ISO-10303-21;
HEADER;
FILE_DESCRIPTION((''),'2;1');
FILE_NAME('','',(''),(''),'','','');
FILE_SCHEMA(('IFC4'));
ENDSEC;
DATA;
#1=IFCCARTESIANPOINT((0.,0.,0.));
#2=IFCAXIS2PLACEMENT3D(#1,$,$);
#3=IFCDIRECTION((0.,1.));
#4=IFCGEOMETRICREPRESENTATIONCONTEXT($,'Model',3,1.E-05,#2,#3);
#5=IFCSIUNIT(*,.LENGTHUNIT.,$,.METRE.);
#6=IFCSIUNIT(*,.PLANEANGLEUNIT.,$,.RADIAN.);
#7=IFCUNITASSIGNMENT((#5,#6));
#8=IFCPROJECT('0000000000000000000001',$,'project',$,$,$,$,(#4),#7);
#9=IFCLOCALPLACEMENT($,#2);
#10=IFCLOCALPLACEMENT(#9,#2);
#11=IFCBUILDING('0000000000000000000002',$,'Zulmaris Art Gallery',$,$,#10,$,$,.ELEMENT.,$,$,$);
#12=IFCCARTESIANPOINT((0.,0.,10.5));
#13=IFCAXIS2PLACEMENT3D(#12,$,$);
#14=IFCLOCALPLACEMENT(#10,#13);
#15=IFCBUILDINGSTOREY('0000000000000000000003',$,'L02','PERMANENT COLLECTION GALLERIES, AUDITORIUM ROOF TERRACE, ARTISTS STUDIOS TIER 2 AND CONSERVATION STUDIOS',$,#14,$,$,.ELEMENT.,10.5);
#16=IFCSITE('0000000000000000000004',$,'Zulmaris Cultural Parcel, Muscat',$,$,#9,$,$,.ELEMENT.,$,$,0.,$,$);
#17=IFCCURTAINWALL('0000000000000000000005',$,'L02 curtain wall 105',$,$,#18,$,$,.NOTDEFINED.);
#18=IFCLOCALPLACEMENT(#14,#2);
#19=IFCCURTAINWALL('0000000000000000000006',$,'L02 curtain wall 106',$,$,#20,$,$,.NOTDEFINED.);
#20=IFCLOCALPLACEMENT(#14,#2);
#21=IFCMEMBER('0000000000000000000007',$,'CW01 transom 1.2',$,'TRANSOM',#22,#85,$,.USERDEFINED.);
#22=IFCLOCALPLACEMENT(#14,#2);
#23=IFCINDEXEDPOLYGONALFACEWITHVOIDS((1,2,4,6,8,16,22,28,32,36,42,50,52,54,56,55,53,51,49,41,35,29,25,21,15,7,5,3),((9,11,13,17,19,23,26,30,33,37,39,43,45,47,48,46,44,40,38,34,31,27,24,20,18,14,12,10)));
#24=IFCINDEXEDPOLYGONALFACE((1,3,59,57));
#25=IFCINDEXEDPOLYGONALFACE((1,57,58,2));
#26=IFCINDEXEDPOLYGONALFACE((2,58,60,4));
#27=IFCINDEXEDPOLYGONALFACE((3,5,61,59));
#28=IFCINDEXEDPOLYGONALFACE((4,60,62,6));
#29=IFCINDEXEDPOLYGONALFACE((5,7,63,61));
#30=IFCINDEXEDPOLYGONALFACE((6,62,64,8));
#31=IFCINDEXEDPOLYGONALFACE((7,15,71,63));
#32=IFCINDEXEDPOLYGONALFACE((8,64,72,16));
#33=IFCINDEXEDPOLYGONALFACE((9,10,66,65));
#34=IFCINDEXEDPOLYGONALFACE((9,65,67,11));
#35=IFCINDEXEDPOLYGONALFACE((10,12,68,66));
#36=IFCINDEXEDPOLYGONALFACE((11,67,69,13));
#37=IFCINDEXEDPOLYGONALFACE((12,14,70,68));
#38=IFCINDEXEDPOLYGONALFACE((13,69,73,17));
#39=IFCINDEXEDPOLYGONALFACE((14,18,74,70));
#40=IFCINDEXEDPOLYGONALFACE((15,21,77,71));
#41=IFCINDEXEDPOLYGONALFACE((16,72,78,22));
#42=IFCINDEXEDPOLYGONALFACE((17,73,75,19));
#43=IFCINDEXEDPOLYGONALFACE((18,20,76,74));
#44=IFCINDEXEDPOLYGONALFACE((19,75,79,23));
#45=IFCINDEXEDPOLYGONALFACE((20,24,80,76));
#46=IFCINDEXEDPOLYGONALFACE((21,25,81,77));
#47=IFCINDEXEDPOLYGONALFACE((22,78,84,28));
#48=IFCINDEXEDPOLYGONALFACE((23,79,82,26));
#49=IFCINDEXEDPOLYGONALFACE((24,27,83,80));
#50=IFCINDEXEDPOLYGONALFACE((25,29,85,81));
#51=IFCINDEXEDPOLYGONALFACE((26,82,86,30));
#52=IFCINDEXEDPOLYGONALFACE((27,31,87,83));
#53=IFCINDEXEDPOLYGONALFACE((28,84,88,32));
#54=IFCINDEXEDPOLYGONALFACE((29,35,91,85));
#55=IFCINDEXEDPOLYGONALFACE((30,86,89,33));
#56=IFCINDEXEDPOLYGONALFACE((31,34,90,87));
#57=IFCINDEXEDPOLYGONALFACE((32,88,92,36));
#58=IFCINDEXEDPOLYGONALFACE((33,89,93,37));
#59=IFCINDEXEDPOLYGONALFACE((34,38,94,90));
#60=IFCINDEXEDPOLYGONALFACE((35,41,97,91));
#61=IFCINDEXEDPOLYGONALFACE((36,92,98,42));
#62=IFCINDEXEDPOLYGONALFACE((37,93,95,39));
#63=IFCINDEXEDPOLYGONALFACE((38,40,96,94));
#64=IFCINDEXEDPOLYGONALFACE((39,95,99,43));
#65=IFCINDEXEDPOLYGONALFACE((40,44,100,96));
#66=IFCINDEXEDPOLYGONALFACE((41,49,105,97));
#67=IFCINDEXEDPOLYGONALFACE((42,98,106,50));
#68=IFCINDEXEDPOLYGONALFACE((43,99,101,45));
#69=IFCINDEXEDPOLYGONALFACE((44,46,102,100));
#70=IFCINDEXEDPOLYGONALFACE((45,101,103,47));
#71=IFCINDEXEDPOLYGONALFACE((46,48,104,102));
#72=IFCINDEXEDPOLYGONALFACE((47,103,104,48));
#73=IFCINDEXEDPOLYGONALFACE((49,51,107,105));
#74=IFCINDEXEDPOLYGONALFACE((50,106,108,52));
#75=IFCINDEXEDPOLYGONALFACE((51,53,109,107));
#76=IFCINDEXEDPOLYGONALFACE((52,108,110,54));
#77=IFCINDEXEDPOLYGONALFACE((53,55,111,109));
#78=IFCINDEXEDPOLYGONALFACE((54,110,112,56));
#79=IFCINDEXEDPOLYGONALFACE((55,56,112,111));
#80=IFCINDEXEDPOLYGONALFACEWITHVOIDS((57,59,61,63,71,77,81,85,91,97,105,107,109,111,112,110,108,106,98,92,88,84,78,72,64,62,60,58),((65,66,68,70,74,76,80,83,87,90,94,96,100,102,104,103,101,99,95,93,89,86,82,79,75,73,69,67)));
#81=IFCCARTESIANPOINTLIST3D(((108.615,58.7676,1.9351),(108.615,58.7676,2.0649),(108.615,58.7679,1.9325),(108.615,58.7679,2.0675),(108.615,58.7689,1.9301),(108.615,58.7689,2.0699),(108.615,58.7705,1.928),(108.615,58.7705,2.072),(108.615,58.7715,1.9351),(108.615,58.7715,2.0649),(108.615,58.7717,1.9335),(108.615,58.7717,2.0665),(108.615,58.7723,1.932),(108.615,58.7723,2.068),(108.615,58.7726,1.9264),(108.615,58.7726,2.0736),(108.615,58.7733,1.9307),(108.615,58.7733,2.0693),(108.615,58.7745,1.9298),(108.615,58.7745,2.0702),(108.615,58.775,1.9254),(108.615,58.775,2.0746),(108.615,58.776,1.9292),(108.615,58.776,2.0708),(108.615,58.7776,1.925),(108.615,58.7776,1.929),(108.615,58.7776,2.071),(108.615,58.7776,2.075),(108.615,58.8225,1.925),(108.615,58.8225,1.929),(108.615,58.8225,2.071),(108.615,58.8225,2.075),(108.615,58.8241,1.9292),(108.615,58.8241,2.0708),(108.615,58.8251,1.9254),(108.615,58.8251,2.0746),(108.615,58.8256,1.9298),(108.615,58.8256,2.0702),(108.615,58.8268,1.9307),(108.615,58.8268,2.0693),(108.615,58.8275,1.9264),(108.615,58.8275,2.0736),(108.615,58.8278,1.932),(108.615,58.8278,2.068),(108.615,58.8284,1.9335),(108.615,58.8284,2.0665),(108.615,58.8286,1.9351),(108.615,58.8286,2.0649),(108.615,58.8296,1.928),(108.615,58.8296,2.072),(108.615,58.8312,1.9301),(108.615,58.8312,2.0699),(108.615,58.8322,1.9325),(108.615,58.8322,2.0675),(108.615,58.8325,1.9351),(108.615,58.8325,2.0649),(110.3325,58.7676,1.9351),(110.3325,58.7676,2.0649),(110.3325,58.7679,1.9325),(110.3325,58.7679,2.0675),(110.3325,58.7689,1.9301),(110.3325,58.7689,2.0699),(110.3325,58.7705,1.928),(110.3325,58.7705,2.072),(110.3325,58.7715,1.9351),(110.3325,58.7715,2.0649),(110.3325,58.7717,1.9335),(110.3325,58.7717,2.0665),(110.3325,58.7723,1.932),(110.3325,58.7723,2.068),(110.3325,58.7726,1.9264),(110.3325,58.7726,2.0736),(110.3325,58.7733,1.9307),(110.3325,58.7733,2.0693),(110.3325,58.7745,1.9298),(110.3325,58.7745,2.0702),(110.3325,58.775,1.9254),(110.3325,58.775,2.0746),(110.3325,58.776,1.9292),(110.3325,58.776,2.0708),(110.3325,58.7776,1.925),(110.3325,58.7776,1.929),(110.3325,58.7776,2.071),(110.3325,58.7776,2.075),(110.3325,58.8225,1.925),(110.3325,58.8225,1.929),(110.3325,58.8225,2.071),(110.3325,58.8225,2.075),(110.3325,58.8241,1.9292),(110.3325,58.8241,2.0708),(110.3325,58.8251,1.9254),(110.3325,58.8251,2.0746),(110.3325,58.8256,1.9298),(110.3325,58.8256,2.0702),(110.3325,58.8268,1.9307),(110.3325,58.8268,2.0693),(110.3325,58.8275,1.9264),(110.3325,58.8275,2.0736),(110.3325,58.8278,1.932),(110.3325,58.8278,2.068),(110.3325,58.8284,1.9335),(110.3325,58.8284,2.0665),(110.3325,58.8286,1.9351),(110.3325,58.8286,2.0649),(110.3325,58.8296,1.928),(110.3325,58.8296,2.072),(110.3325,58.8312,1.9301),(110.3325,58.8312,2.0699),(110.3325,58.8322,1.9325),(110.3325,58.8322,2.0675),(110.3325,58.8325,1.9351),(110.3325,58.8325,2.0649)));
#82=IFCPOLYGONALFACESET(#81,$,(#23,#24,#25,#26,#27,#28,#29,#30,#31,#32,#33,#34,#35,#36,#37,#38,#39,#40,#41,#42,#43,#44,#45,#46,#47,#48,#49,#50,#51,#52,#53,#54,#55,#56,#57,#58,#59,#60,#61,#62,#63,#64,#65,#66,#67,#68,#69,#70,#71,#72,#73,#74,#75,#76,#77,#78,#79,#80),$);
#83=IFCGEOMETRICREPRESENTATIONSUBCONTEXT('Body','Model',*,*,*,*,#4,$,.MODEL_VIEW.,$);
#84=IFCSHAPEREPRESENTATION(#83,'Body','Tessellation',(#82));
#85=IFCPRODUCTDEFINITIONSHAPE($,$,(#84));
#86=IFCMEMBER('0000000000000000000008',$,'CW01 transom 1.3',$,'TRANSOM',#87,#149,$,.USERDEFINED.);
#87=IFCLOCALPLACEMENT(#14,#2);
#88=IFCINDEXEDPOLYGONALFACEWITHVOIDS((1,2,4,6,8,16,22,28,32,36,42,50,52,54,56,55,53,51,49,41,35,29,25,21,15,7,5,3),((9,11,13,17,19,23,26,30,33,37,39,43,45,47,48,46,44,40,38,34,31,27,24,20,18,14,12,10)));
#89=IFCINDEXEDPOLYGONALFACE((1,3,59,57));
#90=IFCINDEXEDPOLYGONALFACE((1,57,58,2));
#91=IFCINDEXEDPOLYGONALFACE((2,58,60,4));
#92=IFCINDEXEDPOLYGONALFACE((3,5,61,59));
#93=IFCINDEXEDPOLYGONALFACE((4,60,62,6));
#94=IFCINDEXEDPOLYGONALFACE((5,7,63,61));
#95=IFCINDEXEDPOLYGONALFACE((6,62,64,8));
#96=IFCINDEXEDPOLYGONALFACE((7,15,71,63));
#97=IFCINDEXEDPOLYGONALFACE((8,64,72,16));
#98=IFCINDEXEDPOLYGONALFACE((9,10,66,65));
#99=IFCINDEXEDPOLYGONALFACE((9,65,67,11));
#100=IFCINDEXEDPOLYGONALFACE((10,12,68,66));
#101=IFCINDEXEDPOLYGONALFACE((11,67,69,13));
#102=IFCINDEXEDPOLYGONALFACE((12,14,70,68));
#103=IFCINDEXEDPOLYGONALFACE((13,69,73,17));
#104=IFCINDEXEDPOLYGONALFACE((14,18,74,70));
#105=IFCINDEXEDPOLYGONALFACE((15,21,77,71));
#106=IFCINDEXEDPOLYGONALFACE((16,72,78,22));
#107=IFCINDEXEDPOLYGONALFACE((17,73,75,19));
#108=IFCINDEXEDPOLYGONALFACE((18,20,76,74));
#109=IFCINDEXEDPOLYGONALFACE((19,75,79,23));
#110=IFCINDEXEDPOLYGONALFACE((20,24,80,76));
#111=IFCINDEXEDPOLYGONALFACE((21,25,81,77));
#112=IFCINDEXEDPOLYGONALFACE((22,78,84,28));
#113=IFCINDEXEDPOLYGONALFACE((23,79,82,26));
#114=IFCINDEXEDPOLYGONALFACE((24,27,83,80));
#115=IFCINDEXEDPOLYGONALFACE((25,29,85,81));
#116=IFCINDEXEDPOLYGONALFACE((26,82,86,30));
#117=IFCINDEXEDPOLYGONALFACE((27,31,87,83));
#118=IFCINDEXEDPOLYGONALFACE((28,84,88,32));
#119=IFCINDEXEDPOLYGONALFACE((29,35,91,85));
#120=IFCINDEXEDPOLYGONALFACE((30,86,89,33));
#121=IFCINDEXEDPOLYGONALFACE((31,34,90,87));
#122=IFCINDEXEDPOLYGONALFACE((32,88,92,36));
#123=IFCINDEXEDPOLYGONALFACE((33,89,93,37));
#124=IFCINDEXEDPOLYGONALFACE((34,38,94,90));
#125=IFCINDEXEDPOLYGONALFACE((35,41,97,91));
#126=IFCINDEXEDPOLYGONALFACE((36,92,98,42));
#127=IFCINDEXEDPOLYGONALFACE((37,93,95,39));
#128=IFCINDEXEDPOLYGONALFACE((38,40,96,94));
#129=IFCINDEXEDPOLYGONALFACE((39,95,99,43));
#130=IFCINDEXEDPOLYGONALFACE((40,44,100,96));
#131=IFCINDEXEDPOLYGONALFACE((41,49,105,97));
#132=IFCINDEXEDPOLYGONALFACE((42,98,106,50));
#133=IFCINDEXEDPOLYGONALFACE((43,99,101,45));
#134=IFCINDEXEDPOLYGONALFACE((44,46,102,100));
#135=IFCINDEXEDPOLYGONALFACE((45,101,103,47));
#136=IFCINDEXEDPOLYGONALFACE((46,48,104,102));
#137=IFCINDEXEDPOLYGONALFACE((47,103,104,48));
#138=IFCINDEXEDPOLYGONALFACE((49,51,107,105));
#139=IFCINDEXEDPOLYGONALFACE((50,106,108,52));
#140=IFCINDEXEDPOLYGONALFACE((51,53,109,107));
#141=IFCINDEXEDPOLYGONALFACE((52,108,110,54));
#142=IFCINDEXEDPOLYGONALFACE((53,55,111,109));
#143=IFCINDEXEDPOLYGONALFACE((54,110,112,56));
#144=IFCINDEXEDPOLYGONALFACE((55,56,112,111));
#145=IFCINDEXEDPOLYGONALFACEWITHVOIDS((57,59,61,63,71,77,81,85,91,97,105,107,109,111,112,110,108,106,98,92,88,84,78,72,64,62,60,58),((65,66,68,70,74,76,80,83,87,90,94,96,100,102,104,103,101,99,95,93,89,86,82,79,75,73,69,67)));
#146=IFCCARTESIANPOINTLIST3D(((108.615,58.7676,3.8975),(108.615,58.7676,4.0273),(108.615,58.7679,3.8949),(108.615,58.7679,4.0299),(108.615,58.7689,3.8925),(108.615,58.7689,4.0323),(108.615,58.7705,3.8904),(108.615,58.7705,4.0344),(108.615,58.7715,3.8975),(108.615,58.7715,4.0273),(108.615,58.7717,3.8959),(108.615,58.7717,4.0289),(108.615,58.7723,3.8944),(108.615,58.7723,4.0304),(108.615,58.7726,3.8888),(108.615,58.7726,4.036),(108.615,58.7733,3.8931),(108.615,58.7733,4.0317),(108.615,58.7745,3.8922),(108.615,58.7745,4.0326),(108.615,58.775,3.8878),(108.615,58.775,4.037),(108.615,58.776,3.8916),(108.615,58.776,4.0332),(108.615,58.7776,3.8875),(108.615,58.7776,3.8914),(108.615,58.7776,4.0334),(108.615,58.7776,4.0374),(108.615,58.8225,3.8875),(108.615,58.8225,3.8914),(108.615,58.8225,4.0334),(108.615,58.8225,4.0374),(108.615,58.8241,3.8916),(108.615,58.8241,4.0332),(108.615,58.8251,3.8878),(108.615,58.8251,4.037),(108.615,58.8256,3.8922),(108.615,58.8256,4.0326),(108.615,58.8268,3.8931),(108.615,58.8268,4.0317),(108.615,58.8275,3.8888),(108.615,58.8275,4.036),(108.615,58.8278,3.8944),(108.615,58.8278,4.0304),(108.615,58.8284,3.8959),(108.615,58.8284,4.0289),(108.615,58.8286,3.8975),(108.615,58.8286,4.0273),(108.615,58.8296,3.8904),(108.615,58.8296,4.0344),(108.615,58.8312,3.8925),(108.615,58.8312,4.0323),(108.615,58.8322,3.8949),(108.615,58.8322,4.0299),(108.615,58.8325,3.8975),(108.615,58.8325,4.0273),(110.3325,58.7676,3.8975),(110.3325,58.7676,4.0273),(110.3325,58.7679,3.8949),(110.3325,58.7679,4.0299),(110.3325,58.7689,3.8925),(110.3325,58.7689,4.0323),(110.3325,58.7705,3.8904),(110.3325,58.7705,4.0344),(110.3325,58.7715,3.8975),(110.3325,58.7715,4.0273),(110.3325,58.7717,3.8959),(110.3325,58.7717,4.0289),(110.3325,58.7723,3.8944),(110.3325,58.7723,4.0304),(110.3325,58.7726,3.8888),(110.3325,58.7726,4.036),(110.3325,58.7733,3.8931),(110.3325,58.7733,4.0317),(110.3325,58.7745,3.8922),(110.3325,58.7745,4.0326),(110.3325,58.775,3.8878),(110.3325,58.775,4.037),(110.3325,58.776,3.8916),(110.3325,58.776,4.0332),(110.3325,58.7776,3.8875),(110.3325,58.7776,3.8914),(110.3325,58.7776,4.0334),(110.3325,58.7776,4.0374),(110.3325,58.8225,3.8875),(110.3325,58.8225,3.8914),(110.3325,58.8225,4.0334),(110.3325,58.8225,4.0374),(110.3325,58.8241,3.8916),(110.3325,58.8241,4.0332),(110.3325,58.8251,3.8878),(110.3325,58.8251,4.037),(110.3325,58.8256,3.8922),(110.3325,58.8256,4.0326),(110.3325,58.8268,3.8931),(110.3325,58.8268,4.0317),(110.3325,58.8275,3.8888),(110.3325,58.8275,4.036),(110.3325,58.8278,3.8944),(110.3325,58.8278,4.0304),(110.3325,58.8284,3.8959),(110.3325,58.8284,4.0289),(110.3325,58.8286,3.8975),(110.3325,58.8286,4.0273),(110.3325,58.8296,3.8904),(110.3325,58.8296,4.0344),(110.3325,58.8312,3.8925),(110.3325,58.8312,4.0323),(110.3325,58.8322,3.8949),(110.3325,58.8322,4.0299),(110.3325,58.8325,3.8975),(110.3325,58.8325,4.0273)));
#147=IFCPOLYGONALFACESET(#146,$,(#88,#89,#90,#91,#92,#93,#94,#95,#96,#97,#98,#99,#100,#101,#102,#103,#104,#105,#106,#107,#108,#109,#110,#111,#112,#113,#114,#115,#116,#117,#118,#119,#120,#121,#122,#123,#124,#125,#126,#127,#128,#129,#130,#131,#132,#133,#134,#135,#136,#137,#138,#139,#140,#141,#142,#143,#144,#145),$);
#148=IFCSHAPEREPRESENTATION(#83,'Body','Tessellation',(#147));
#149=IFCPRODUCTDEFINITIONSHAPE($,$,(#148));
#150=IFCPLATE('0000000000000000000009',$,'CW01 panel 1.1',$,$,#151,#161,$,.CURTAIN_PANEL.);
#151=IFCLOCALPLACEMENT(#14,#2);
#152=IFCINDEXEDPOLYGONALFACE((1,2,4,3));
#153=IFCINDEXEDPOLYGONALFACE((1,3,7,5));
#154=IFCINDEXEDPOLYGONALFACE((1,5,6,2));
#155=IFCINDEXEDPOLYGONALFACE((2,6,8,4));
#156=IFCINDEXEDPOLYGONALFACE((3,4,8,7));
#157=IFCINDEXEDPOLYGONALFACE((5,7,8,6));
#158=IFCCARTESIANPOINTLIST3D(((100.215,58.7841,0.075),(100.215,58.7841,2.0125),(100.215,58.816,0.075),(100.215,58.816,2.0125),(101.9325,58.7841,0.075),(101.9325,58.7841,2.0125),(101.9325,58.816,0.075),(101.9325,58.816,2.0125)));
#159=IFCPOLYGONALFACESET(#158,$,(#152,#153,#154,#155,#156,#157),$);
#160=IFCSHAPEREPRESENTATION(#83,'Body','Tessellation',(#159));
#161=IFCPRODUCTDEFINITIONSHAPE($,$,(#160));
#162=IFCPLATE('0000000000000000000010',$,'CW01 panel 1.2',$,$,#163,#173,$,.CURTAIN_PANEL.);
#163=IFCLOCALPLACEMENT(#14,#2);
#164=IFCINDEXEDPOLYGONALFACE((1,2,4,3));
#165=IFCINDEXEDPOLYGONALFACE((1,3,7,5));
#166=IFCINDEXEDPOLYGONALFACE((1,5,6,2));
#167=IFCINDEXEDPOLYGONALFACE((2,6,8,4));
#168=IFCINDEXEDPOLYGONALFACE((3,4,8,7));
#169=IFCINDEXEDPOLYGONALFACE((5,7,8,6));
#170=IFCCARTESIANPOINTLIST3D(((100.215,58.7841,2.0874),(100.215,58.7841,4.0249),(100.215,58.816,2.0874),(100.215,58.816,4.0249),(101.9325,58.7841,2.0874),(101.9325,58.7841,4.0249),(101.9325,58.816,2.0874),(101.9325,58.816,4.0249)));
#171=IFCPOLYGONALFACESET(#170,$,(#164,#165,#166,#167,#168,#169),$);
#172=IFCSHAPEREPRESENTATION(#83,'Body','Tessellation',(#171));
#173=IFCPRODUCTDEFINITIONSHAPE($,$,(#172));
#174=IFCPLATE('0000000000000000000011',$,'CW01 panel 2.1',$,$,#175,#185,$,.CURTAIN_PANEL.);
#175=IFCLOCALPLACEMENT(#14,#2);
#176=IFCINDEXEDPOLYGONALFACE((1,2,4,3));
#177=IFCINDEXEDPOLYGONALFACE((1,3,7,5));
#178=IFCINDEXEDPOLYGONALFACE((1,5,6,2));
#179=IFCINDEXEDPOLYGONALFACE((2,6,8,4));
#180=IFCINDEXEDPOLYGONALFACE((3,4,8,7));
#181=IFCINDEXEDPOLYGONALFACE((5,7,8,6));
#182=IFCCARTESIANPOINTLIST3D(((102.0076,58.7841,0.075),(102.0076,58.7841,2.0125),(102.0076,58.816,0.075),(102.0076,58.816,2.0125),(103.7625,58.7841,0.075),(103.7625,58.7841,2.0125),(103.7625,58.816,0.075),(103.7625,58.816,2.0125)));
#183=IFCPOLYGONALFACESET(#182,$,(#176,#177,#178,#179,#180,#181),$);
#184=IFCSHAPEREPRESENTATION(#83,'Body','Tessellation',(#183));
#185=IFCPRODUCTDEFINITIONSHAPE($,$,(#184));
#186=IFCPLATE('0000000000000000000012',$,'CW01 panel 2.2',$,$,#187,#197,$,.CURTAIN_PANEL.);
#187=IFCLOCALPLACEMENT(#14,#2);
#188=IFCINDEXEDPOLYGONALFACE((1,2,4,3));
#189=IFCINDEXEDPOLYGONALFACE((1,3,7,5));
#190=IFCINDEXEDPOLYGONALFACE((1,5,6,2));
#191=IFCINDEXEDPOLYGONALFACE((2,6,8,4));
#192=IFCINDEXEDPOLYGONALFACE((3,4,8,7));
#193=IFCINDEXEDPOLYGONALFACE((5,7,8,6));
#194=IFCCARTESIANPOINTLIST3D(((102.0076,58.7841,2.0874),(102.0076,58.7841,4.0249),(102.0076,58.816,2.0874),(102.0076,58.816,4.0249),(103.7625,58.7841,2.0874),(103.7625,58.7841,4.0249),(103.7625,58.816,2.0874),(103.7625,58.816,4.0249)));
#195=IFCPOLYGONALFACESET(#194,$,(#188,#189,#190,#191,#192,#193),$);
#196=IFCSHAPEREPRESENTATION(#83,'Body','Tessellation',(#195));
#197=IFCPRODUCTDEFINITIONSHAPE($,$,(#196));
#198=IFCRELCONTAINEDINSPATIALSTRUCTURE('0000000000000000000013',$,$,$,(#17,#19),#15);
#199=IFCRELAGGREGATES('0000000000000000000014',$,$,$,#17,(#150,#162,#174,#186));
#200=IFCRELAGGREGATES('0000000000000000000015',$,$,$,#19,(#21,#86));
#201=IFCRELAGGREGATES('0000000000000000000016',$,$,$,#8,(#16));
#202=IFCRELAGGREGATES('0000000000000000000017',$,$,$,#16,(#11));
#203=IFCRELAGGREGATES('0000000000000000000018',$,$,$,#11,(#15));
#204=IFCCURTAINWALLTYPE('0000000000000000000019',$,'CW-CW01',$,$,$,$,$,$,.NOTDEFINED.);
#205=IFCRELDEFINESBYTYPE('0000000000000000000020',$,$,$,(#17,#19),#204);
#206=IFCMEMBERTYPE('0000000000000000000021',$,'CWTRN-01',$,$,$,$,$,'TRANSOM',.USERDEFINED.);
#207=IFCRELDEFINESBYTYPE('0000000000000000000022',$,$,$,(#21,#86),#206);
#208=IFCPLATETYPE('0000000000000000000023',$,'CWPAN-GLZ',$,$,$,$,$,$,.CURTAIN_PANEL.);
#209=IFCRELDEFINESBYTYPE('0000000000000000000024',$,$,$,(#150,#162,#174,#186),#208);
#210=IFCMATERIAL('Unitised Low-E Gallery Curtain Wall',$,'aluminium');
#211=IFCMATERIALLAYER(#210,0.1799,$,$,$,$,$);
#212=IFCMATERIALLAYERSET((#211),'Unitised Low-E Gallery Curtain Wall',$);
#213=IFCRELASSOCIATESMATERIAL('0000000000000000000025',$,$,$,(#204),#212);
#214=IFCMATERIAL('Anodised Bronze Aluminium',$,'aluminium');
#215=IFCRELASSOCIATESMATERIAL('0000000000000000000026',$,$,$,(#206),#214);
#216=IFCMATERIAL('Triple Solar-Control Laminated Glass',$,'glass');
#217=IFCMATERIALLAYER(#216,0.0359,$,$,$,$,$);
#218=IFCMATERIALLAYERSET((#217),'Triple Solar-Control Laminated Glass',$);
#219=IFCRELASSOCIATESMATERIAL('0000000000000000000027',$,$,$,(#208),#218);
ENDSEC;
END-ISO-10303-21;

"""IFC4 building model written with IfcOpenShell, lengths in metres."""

from ifc_helpers import new_model, si_unit, direction, frame, origin, origin_2d, place, context, subcontext, project, spatial, rectangle, hollow_rectangle, extrude, material, layer, layer_set, material_profile, profile_set, type_object, element, aggregate, save


model = new_model("IFC4")

# Units and contexts
model_context = context("Model", 3, precision=1e-05, world=origin(), true_north=direction((0.0, 1.0)))
body_context = subcontext(model_context, "Body", "Model", "MODEL_VIEW")
ifc_project = project(units=[si_unit("LENGTHUNIT", "METRE"), si_unit("PLANEANGLEUNIT", "RADIAN")], contexts=[model_context])

# Site, building, storey
site_placement = place(None, origin())
site = spatial("IfcSite", under=ifc_project, at=site_placement, Name="Zulmaris Cultural Parcel, Muscat", CompositionType="ELEMENT", RefElevation=0.0)
building_placement = place(site_placement, origin())
building = spatial("IfcBuilding", under=site, at=building_placement, Name="Zulmaris Art Gallery", CompositionType="ELEMENT")
storey_placement = place(building_placement, frame((0.0, 0.0, 10.5)))
storey = spatial("IfcBuildingStorey", under=building, at=storey_placement, Name="L02", Description="PERMANENT COLLECTION GALLERIES, AUDITORIUM ROOF TERRACE, ARTISTS STUDIOS TIER 2 AND CONSERVATION STUDIOS", CompositionType="ELEMENT", Elevation=10.5)

# Curtain walls
ifc_material_1 = material(Name="Unitised Low-E Gallery Curtain Wall", Category="aluminium")
ifc_layer_1 = layer(ifc_material_1, 0.1799)
ifc_layer_set_1 = layer_set([ifc_layer_1], Name="Unitised Low-E Gallery Curtain Wall")
curtain_wall_type = type_object("IfcCurtainWallType", Name="CW-CW01", PredefinedType="NOTDEFINED", material=ifc_layer_set_1)
curtain_wall_1_placement = place(storey_placement, origin())
curtain_wall_1 = element("IfcCurtainWall", 1, at=curtain_wall_1_placement, inside=storey, type_object=curtain_wall_type, Name="L02 curtain wall 105", PredefinedType="NOTDEFINED")
ifc_material_2 = material(Name="Anodised Bronze Aluminium", Category="aluminium")
curtain_wall_2_placement = place(storey_placement, origin())
curtain_wall_2 = element("IfcCurtainWall", 2, at=curtain_wall_2_placement, inside=storey, type_object=curtain_wall_type, Name="L02 curtain wall 106", PredefinedType="NOTDEFINED")

# Members
ifc_material_profile_1 = material_profile(ifc_material_2, hollow_rectangle(XDim=0.0649, YDim=0.1499, WallThickness=0.0039, InnerFilletRadius=0.0061, OuterFilletRadius=0.01, at=origin_2d()), Name="ALU 65x150x4")
ifc_profile_set_1 = profile_set([ifc_material_profile_1], Name="Anodised Bronze Aluminium")
member_type_1 = type_object("IfcMemberType", Name="CWTRN-01", ElementType="TRANSOM", PredefinedType="USERDEFINED", material=ifc_profile_set_1)
member_1_placement = place(storey_placement, frame((108.615, 58.8, 2.0), z_axis=(1.0, 0.0, 0.0), x_axis=(0.0, 1.0, 0.0)))
member_1 = element("IfcMember", 3, at=member_1_placement, type_object=member_type_1, Name="CW01 transom 1.2", ObjectType="TRANSOM", PredefinedType="USERDEFINED", context=body_context, shape_type="SweptSolid", body=[
    extrude(hollow_rectangle(XDim=0.0649, YDim=0.1499, WallThickness=0.0039, InnerFilletRadius=0.0061, OuterFilletRadius=0.01, at=origin_2d()), origin(), (0.0, 0.0, 1.0), 1.7175),
])
member_2_placement = place(storey_placement, frame((108.615, 58.8, 3.9624), z_axis=(1.0, 0.0, 0.0), x_axis=(0.0, 1.0, 0.0)))
member_2 = element("IfcMember", 4, at=member_2_placement, type_object=member_type_1, Name="CW01 transom 1.3", ObjectType="TRANSOM", PredefinedType="USERDEFINED", context=body_context, shape_type="SweptSolid", body=[
    extrude(hollow_rectangle(XDim=0.0649, YDim=0.1499, WallThickness=0.0039, InnerFilletRadius=0.0061, OuterFilletRadius=0.01, at=origin_2d()), origin(), (0.0, 0.0, 1.0), 1.7175),
])

# Plates
ifc_material_3 = material(Name="Triple Solar-Control Laminated Glass", Category="glass")
ifc_layer_2 = layer(ifc_material_3, 0.0359)
ifc_layer_set_2 = layer_set([ifc_layer_2], Name="Triple Solar-Control Laminated Glass")
plate_type = type_object("IfcPlateType", Name="CWPAN-GLZ", PredefinedType="CURTAIN_PANEL", material=ifc_layer_set_2)
plate_1_placement = place(storey_placement, frame((101.0737, 58.8, 0.075), z_axis=(0.0, 0.0, 1.0), x_axis=(1.0, 0.0, 0.0)))
plate_1 = element("IfcPlate", 5, at=plate_1_placement, type_object=plate_type, Name="CW01 panel 1.1", PredefinedType="CURTAIN_PANEL", context=body_context, shape_type="SweptSolid", body=[
    extrude(rectangle(XDim=1.7175, YDim=0.032, at=origin_2d()), origin(), (0.0, 0.0, 1.0), 1.9375),
])
plate_2_placement = place(storey_placement, frame((101.0737, 58.8, 2.0874), z_axis=(0.0, 0.0, 1.0), x_axis=(1.0, 0.0, 0.0)))
plate_2 = element("IfcPlate", 6, at=plate_2_placement, type_object=plate_type, Name="CW01 panel 1.2", PredefinedType="CURTAIN_PANEL", context=body_context, shape_type="SweptSolid", body=[
    extrude(rectangle(XDim=1.7175, YDim=0.032, at=origin_2d()), origin(), (0.0, 0.0, 1.0), 1.9375),
])
plate_3_placement = place(storey_placement, frame((102.885, 58.8, 0.075), z_axis=(0.0, 0.0, 1.0), x_axis=(1.0, 0.0, 0.0)))
plate_3 = element("IfcPlate", 7, at=plate_3_placement, type_object=plate_type, Name="CW01 panel 2.1", PredefinedType="CURTAIN_PANEL", context=body_context, shape_type="SweptSolid", body=[
    extrude(rectangle(XDim=1.7549, YDim=0.032, at=origin_2d()), origin(), (0.0, 0.0, 1.0), 1.9375),
])
plate_4_placement = place(storey_placement, frame((102.885, 58.8, 2.0874), z_axis=(0.0, 0.0, 1.0), x_axis=(1.0, 0.0, 0.0)))
plate_4 = element("IfcPlate", 8, at=plate_4_placement, type_object=plate_type, Name="CW01 panel 2.2", PredefinedType="CURTAIN_PANEL", context=body_context, shape_type="SweptSolid", body=[
    extrude(rectangle(XDim=1.7549, YDim=0.032, at=origin_2d()), origin(), (0.0, 0.0, 1.0), 1.9375),
])
aggregate(curtain_wall_1, [plate_1, plate_2, plate_3, plate_4])
aggregate(curtain_wall_2, [member_1, member_2])

save(model, "model.ifc")
